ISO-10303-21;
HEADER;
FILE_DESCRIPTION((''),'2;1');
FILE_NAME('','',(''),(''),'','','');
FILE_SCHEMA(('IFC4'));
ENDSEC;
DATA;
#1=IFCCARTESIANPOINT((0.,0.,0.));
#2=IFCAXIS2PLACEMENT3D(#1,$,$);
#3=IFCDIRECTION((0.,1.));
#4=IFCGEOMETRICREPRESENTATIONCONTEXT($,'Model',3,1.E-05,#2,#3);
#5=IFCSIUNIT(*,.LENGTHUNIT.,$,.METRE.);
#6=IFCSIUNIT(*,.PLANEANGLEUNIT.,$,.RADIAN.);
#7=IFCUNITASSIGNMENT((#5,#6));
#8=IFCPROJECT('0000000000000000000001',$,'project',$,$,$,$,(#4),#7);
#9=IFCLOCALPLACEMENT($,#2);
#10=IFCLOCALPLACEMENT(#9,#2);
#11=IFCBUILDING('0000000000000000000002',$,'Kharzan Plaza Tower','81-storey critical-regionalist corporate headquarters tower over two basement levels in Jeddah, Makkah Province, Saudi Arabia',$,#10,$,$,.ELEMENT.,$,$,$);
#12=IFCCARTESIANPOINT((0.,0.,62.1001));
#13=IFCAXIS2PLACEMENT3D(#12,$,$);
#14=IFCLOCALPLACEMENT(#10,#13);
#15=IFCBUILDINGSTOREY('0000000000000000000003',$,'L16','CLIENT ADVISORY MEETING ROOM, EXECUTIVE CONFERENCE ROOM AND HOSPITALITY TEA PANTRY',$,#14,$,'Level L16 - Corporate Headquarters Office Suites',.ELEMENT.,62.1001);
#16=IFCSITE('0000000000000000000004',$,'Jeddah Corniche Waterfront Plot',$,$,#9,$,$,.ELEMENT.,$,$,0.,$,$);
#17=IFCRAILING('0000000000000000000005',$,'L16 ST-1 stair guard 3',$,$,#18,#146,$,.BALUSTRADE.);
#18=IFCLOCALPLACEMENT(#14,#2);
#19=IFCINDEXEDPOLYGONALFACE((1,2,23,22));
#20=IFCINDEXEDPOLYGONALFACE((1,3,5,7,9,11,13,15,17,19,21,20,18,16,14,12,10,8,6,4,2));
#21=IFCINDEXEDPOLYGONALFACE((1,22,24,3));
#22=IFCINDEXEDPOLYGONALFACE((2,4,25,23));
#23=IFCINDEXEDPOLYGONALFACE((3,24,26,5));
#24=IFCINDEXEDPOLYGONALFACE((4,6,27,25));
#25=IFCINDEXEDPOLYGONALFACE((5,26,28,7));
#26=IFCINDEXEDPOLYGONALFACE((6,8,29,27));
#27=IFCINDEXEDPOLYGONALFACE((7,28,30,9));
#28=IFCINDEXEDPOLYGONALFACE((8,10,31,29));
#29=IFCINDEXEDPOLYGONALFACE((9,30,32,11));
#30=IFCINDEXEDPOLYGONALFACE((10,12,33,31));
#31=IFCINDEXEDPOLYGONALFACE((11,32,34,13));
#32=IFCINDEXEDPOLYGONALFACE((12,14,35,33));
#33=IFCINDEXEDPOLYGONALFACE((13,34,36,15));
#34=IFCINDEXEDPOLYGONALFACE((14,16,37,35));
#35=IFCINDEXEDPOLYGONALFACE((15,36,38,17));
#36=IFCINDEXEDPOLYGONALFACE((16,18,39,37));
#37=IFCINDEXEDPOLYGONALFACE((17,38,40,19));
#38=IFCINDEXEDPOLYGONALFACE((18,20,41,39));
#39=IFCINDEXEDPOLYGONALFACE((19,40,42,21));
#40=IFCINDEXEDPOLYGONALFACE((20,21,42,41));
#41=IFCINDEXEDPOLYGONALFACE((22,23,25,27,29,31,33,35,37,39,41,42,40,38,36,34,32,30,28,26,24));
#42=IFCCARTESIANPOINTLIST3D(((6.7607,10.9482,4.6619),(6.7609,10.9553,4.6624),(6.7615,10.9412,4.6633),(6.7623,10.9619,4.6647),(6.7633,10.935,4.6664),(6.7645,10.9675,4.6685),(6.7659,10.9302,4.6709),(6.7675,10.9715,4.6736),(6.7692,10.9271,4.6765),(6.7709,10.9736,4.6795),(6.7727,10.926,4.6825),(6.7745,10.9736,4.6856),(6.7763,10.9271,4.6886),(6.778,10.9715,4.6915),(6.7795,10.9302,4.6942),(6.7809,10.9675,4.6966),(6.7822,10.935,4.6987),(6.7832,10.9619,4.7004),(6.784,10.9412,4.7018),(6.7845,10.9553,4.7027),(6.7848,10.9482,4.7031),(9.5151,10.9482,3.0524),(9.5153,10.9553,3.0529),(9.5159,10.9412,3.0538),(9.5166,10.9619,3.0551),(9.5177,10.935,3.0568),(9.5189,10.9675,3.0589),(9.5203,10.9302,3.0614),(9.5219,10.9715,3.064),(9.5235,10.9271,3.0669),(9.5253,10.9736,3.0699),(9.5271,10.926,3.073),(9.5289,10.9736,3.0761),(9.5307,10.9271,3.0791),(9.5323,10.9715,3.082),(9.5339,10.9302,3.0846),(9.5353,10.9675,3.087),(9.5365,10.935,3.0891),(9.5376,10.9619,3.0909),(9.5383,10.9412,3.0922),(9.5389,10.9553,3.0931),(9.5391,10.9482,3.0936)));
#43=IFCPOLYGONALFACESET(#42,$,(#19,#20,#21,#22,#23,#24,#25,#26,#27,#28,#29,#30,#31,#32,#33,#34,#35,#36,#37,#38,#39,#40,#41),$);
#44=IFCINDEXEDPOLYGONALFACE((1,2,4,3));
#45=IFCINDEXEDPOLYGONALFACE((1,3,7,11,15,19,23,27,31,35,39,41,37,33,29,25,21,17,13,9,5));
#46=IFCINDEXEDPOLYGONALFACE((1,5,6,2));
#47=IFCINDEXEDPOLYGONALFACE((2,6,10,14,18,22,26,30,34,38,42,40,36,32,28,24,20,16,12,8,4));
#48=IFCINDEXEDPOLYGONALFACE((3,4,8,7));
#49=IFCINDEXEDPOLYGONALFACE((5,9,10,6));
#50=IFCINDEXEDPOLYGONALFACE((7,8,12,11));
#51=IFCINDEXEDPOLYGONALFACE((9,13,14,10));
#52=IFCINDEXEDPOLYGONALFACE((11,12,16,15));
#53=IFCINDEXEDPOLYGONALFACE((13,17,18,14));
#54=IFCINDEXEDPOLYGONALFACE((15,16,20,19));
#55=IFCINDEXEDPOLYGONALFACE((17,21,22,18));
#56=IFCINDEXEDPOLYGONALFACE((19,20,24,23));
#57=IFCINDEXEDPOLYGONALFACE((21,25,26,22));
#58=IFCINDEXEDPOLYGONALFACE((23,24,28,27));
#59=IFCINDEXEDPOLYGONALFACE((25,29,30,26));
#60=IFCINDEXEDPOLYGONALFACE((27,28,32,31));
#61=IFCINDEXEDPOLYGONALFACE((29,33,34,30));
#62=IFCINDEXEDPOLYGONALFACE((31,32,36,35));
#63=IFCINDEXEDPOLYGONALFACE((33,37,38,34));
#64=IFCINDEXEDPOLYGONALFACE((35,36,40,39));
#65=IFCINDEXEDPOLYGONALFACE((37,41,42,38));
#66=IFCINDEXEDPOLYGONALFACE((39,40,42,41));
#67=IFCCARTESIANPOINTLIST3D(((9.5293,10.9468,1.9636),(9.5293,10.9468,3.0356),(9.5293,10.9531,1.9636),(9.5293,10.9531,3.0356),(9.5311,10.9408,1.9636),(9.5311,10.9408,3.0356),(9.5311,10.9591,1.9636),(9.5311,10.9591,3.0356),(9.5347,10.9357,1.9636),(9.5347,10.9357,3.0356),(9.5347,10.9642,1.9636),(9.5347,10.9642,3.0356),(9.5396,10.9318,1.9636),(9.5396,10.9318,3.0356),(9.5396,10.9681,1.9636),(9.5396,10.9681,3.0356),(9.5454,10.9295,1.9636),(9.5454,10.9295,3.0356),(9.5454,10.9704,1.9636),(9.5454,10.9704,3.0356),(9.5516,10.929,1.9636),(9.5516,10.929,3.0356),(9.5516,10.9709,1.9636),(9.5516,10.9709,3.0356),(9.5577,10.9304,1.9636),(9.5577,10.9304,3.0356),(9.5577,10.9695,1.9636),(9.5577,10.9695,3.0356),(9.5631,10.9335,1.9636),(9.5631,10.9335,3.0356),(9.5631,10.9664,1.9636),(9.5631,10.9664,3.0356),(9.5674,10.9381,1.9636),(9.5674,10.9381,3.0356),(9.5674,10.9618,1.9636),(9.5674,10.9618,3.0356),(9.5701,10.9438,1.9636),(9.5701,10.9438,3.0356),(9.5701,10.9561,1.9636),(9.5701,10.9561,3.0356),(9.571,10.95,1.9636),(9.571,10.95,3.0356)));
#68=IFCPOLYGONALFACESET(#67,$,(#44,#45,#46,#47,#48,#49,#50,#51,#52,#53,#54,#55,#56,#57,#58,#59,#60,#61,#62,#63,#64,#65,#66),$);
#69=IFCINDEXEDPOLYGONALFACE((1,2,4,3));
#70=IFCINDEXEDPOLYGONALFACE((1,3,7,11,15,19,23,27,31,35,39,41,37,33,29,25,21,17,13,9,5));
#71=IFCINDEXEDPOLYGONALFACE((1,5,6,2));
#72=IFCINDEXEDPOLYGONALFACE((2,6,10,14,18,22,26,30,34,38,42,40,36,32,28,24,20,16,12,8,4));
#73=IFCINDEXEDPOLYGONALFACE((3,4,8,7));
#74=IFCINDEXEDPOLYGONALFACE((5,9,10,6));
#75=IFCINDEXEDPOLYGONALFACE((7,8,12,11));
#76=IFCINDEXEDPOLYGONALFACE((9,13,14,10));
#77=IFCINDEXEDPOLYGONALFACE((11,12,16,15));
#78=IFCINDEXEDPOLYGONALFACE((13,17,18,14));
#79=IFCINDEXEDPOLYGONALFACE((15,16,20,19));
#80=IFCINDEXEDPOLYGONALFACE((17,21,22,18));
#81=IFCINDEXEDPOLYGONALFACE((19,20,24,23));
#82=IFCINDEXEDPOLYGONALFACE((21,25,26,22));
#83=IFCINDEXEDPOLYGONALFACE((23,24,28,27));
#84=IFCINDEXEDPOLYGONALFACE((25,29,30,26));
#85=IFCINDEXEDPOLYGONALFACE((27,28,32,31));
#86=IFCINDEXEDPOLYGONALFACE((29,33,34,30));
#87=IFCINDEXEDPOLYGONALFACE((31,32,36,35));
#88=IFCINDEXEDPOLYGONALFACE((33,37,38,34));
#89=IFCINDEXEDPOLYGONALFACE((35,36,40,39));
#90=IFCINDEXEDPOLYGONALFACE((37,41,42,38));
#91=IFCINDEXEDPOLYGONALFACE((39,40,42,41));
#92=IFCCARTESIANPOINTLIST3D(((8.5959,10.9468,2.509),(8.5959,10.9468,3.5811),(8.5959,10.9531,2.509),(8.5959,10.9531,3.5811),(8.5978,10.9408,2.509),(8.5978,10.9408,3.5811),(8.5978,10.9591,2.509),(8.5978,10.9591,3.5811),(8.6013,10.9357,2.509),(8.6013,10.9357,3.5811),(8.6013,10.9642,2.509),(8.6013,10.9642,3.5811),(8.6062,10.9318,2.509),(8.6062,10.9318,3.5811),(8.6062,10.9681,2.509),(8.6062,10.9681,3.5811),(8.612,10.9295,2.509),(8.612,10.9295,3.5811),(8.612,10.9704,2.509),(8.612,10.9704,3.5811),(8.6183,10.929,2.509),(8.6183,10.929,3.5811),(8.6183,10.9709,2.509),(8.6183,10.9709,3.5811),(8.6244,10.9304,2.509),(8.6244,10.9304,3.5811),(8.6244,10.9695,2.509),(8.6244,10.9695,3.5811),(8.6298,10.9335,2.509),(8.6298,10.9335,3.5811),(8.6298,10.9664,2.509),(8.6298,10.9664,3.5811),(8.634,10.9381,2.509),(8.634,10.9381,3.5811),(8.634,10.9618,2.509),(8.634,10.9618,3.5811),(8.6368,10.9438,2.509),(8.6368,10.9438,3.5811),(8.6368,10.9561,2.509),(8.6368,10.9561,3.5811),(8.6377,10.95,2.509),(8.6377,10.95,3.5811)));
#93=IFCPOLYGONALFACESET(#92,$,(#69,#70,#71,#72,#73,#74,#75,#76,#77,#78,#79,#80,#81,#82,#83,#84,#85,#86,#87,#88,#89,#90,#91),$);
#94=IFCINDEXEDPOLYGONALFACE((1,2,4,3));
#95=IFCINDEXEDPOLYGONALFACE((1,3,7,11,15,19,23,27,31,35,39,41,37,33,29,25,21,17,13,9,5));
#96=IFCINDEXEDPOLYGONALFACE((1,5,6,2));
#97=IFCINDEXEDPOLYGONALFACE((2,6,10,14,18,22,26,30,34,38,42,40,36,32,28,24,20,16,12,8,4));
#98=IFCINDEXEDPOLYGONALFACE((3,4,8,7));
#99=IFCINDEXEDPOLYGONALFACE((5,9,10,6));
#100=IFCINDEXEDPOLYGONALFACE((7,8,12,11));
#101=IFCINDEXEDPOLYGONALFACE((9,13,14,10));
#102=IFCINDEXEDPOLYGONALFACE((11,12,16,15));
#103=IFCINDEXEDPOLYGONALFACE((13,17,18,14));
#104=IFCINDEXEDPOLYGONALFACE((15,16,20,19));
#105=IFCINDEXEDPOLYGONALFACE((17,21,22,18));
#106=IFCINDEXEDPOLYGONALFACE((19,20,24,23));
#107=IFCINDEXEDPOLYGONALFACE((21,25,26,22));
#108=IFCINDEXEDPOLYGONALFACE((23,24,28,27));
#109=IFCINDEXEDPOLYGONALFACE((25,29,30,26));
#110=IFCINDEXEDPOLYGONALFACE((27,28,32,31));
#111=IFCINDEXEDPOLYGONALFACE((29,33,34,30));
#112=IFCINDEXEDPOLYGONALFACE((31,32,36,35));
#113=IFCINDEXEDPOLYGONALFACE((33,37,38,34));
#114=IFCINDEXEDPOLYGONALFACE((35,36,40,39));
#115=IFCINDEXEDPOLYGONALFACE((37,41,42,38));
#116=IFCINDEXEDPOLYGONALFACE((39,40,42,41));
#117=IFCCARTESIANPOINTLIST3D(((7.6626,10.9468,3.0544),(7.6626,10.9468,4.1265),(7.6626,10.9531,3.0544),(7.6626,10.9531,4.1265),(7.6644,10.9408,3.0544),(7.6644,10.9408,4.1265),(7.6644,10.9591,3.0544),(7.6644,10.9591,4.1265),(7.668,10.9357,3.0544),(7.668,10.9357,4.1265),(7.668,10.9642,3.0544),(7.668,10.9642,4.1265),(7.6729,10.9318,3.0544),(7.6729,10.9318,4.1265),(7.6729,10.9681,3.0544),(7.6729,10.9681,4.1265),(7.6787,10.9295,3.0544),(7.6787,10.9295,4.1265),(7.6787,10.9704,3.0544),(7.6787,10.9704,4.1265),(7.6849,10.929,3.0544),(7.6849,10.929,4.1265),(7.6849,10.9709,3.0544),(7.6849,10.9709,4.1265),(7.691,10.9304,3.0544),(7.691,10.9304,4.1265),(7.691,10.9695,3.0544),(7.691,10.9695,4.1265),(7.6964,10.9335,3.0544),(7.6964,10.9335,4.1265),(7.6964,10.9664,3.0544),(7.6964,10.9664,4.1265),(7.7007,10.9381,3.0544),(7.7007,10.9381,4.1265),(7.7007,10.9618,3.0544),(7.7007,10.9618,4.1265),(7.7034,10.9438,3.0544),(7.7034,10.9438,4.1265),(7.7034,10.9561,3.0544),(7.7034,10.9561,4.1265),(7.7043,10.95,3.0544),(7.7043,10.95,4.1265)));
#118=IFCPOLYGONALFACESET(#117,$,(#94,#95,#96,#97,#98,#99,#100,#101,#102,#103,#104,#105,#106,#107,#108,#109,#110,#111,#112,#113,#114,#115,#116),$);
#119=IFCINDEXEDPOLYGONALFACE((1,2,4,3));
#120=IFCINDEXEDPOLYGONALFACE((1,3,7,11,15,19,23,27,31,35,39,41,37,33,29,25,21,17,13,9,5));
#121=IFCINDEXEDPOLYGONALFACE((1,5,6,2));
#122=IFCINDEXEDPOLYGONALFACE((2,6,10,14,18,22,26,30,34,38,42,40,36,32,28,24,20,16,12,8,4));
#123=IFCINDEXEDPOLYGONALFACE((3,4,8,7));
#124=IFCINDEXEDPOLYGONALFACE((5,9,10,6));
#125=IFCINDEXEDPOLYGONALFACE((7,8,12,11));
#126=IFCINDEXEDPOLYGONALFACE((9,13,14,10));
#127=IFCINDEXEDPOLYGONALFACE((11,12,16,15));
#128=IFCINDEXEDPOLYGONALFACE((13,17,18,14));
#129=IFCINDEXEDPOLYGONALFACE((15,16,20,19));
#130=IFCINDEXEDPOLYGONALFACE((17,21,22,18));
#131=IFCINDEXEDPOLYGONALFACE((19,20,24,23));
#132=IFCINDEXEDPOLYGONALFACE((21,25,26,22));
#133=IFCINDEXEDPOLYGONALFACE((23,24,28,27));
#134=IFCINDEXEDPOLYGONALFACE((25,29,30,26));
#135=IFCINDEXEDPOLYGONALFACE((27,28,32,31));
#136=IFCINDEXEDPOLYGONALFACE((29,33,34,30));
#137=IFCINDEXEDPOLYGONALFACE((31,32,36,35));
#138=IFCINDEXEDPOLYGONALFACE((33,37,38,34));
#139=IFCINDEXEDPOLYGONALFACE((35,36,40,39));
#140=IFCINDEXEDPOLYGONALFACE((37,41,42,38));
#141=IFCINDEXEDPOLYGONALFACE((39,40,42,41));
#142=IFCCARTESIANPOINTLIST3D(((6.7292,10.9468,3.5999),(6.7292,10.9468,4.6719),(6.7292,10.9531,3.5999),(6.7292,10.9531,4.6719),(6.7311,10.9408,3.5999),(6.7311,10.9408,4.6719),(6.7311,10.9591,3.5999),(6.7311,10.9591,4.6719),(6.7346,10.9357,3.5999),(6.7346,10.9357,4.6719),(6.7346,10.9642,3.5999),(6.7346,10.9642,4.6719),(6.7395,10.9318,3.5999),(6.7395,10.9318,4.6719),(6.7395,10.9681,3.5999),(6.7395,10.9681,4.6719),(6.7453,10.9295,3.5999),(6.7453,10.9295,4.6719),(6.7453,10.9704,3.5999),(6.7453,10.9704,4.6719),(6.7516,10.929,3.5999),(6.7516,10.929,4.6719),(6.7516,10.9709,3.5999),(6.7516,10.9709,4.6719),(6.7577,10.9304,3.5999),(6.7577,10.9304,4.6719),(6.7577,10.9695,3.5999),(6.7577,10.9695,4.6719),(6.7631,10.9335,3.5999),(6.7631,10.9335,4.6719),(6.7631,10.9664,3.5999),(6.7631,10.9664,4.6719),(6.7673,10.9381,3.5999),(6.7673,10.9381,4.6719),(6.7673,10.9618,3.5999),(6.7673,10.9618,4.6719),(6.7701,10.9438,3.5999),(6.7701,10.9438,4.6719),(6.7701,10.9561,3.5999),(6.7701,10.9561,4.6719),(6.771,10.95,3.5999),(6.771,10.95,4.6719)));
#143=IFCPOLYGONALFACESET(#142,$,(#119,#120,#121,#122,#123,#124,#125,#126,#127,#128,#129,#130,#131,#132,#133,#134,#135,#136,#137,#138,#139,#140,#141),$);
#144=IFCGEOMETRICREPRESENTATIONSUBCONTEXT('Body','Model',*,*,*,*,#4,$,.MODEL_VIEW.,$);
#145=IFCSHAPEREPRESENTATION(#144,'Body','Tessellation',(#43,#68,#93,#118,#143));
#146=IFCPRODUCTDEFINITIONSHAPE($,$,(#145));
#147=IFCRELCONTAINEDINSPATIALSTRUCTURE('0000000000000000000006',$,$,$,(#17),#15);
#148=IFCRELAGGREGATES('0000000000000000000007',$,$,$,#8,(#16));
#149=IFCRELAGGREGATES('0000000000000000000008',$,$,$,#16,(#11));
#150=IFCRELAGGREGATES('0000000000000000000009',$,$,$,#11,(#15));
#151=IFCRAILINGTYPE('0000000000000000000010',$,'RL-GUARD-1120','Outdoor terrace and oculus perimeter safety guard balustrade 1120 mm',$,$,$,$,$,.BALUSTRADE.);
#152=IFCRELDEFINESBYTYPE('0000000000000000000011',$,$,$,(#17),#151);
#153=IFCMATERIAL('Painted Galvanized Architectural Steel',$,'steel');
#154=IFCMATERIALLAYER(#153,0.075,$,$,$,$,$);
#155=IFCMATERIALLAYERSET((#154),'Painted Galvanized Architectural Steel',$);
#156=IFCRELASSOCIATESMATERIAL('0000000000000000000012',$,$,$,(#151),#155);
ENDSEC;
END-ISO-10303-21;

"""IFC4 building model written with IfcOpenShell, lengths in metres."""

from ifc_helpers import new_model, si_unit, direction, frame, origin, origin_2d, place, context, subcontext, project, spatial, circle, extrude, source, transform, mapped, material, layer, layer_set, type_object, element, save


model = new_model("IFC4")

# Units and contexts
model_context = context("Model", 3, precision=1e-05, world=origin(), true_north=direction((0.0, 1.0)))
body_context = subcontext(model_context, "Body", "Model", "MODEL_VIEW")
ifc_project = project(units=[si_unit("LENGTHUNIT", "METRE"), si_unit("PLANEANGLEUNIT", "RADIAN")], contexts=[model_context])

# Site, building, storey
site_placement = place(None, origin())
site = spatial("IfcSite", under=ifc_project, at=site_placement, Name="Jeddah Corniche Waterfront Plot", CompositionType="ELEMENT", RefElevation=0.0)
building_placement = place(site_placement, origin())
building = spatial("IfcBuilding", under=site, at=building_placement, Name="Kharzan Plaza Tower", Description="81-storey critical-regionalist corporate headquarters tower over two basement levels in Jeddah, Makkah Province, Saudi Arabia", CompositionType="ELEMENT")
storey_placement = place(building_placement, frame((0.0, 0.0, 62.1001)))
storey = spatial("IfcBuildingStorey", under=building, at=storey_placement, Name="L16", Description="CLIENT ADVISORY MEETING ROOM, EXECUTIVE CONFERENCE ROOM AND HOSPITALITY TEA PANTRY", LongName="Level L16 - Corporate Headquarters Office Suites", CompositionType="ELEMENT", Elevation=62.1001)

# Railing
ifc_material_1 = material(Name="Painted Galvanized Architectural Steel", Category="steel")
ifc_layer_1 = layer(ifc_material_1, 0.075)
ifc_layer_set_1 = layer_set([ifc_layer_1], Name="Painted Galvanized Architectural Steel")
railing_type_1 = type_object("IfcRailingType", Name="RL-GUARD-1120", Description="Outdoor terrace and oculus perimeter safety guard balustrade 1120 mm", PredefinedType="BALUSTRADE", material=ifc_layer_set_1)
shared_shape_1 = source(origin(), body_context, "Body", "SweptSolid", [
    extrude(circle(Radius=0.0239, at=origin_2d()), frame((-0.0229, 0.0, 1.1094), z_axis=(-0.863394, 0.0, 0.504531), x_axis=(0.0, -1.0, 0.0)), (0.0, 0.0, 1.0), 3.1902),
    extrude(circle(Radius=0.021, at=origin_2d()), origin(), (0.0, 0.0, 1.0), 1.072),
    extrude(circle(Radius=0.021, at=origin_2d()), frame((-0.9333, 0.0, 0.5454)), (0.0, 0.0, 1.0), 1.072),
    extrude(circle(Radius=0.021, at=origin_2d()), frame((-1.8667, 0.0, 1.0908)), (0.0, 0.0, 1.0), 1.072),
    extrude(circle(Radius=0.021, at=origin_2d()), frame((-2.8, 0.0, 1.6362)), (0.0, 0.0, 1.0), 1.072),
])
railing_1_placement = place(storey_placement, frame((9.55, 10.95, 1.9636)))
element("IfcRailing", 1, at=railing_1_placement, inside=storey, type_object=railing_type_1, Name="L16 ST-1 stair guard 3", PredefinedType="BALUSTRADE", context=body_context, shape_type="MappedRepresentation", body=[
    mapped(shared_shape_1, transform((0.0, 0.0, 0.0), x_axis=(1.0, 0.0, 0.0), y_axis=(0.0, 1.0, 0.0), z_axis=(0.0, 0.0, 1.0))),
])

save(model, "model.ifc")
